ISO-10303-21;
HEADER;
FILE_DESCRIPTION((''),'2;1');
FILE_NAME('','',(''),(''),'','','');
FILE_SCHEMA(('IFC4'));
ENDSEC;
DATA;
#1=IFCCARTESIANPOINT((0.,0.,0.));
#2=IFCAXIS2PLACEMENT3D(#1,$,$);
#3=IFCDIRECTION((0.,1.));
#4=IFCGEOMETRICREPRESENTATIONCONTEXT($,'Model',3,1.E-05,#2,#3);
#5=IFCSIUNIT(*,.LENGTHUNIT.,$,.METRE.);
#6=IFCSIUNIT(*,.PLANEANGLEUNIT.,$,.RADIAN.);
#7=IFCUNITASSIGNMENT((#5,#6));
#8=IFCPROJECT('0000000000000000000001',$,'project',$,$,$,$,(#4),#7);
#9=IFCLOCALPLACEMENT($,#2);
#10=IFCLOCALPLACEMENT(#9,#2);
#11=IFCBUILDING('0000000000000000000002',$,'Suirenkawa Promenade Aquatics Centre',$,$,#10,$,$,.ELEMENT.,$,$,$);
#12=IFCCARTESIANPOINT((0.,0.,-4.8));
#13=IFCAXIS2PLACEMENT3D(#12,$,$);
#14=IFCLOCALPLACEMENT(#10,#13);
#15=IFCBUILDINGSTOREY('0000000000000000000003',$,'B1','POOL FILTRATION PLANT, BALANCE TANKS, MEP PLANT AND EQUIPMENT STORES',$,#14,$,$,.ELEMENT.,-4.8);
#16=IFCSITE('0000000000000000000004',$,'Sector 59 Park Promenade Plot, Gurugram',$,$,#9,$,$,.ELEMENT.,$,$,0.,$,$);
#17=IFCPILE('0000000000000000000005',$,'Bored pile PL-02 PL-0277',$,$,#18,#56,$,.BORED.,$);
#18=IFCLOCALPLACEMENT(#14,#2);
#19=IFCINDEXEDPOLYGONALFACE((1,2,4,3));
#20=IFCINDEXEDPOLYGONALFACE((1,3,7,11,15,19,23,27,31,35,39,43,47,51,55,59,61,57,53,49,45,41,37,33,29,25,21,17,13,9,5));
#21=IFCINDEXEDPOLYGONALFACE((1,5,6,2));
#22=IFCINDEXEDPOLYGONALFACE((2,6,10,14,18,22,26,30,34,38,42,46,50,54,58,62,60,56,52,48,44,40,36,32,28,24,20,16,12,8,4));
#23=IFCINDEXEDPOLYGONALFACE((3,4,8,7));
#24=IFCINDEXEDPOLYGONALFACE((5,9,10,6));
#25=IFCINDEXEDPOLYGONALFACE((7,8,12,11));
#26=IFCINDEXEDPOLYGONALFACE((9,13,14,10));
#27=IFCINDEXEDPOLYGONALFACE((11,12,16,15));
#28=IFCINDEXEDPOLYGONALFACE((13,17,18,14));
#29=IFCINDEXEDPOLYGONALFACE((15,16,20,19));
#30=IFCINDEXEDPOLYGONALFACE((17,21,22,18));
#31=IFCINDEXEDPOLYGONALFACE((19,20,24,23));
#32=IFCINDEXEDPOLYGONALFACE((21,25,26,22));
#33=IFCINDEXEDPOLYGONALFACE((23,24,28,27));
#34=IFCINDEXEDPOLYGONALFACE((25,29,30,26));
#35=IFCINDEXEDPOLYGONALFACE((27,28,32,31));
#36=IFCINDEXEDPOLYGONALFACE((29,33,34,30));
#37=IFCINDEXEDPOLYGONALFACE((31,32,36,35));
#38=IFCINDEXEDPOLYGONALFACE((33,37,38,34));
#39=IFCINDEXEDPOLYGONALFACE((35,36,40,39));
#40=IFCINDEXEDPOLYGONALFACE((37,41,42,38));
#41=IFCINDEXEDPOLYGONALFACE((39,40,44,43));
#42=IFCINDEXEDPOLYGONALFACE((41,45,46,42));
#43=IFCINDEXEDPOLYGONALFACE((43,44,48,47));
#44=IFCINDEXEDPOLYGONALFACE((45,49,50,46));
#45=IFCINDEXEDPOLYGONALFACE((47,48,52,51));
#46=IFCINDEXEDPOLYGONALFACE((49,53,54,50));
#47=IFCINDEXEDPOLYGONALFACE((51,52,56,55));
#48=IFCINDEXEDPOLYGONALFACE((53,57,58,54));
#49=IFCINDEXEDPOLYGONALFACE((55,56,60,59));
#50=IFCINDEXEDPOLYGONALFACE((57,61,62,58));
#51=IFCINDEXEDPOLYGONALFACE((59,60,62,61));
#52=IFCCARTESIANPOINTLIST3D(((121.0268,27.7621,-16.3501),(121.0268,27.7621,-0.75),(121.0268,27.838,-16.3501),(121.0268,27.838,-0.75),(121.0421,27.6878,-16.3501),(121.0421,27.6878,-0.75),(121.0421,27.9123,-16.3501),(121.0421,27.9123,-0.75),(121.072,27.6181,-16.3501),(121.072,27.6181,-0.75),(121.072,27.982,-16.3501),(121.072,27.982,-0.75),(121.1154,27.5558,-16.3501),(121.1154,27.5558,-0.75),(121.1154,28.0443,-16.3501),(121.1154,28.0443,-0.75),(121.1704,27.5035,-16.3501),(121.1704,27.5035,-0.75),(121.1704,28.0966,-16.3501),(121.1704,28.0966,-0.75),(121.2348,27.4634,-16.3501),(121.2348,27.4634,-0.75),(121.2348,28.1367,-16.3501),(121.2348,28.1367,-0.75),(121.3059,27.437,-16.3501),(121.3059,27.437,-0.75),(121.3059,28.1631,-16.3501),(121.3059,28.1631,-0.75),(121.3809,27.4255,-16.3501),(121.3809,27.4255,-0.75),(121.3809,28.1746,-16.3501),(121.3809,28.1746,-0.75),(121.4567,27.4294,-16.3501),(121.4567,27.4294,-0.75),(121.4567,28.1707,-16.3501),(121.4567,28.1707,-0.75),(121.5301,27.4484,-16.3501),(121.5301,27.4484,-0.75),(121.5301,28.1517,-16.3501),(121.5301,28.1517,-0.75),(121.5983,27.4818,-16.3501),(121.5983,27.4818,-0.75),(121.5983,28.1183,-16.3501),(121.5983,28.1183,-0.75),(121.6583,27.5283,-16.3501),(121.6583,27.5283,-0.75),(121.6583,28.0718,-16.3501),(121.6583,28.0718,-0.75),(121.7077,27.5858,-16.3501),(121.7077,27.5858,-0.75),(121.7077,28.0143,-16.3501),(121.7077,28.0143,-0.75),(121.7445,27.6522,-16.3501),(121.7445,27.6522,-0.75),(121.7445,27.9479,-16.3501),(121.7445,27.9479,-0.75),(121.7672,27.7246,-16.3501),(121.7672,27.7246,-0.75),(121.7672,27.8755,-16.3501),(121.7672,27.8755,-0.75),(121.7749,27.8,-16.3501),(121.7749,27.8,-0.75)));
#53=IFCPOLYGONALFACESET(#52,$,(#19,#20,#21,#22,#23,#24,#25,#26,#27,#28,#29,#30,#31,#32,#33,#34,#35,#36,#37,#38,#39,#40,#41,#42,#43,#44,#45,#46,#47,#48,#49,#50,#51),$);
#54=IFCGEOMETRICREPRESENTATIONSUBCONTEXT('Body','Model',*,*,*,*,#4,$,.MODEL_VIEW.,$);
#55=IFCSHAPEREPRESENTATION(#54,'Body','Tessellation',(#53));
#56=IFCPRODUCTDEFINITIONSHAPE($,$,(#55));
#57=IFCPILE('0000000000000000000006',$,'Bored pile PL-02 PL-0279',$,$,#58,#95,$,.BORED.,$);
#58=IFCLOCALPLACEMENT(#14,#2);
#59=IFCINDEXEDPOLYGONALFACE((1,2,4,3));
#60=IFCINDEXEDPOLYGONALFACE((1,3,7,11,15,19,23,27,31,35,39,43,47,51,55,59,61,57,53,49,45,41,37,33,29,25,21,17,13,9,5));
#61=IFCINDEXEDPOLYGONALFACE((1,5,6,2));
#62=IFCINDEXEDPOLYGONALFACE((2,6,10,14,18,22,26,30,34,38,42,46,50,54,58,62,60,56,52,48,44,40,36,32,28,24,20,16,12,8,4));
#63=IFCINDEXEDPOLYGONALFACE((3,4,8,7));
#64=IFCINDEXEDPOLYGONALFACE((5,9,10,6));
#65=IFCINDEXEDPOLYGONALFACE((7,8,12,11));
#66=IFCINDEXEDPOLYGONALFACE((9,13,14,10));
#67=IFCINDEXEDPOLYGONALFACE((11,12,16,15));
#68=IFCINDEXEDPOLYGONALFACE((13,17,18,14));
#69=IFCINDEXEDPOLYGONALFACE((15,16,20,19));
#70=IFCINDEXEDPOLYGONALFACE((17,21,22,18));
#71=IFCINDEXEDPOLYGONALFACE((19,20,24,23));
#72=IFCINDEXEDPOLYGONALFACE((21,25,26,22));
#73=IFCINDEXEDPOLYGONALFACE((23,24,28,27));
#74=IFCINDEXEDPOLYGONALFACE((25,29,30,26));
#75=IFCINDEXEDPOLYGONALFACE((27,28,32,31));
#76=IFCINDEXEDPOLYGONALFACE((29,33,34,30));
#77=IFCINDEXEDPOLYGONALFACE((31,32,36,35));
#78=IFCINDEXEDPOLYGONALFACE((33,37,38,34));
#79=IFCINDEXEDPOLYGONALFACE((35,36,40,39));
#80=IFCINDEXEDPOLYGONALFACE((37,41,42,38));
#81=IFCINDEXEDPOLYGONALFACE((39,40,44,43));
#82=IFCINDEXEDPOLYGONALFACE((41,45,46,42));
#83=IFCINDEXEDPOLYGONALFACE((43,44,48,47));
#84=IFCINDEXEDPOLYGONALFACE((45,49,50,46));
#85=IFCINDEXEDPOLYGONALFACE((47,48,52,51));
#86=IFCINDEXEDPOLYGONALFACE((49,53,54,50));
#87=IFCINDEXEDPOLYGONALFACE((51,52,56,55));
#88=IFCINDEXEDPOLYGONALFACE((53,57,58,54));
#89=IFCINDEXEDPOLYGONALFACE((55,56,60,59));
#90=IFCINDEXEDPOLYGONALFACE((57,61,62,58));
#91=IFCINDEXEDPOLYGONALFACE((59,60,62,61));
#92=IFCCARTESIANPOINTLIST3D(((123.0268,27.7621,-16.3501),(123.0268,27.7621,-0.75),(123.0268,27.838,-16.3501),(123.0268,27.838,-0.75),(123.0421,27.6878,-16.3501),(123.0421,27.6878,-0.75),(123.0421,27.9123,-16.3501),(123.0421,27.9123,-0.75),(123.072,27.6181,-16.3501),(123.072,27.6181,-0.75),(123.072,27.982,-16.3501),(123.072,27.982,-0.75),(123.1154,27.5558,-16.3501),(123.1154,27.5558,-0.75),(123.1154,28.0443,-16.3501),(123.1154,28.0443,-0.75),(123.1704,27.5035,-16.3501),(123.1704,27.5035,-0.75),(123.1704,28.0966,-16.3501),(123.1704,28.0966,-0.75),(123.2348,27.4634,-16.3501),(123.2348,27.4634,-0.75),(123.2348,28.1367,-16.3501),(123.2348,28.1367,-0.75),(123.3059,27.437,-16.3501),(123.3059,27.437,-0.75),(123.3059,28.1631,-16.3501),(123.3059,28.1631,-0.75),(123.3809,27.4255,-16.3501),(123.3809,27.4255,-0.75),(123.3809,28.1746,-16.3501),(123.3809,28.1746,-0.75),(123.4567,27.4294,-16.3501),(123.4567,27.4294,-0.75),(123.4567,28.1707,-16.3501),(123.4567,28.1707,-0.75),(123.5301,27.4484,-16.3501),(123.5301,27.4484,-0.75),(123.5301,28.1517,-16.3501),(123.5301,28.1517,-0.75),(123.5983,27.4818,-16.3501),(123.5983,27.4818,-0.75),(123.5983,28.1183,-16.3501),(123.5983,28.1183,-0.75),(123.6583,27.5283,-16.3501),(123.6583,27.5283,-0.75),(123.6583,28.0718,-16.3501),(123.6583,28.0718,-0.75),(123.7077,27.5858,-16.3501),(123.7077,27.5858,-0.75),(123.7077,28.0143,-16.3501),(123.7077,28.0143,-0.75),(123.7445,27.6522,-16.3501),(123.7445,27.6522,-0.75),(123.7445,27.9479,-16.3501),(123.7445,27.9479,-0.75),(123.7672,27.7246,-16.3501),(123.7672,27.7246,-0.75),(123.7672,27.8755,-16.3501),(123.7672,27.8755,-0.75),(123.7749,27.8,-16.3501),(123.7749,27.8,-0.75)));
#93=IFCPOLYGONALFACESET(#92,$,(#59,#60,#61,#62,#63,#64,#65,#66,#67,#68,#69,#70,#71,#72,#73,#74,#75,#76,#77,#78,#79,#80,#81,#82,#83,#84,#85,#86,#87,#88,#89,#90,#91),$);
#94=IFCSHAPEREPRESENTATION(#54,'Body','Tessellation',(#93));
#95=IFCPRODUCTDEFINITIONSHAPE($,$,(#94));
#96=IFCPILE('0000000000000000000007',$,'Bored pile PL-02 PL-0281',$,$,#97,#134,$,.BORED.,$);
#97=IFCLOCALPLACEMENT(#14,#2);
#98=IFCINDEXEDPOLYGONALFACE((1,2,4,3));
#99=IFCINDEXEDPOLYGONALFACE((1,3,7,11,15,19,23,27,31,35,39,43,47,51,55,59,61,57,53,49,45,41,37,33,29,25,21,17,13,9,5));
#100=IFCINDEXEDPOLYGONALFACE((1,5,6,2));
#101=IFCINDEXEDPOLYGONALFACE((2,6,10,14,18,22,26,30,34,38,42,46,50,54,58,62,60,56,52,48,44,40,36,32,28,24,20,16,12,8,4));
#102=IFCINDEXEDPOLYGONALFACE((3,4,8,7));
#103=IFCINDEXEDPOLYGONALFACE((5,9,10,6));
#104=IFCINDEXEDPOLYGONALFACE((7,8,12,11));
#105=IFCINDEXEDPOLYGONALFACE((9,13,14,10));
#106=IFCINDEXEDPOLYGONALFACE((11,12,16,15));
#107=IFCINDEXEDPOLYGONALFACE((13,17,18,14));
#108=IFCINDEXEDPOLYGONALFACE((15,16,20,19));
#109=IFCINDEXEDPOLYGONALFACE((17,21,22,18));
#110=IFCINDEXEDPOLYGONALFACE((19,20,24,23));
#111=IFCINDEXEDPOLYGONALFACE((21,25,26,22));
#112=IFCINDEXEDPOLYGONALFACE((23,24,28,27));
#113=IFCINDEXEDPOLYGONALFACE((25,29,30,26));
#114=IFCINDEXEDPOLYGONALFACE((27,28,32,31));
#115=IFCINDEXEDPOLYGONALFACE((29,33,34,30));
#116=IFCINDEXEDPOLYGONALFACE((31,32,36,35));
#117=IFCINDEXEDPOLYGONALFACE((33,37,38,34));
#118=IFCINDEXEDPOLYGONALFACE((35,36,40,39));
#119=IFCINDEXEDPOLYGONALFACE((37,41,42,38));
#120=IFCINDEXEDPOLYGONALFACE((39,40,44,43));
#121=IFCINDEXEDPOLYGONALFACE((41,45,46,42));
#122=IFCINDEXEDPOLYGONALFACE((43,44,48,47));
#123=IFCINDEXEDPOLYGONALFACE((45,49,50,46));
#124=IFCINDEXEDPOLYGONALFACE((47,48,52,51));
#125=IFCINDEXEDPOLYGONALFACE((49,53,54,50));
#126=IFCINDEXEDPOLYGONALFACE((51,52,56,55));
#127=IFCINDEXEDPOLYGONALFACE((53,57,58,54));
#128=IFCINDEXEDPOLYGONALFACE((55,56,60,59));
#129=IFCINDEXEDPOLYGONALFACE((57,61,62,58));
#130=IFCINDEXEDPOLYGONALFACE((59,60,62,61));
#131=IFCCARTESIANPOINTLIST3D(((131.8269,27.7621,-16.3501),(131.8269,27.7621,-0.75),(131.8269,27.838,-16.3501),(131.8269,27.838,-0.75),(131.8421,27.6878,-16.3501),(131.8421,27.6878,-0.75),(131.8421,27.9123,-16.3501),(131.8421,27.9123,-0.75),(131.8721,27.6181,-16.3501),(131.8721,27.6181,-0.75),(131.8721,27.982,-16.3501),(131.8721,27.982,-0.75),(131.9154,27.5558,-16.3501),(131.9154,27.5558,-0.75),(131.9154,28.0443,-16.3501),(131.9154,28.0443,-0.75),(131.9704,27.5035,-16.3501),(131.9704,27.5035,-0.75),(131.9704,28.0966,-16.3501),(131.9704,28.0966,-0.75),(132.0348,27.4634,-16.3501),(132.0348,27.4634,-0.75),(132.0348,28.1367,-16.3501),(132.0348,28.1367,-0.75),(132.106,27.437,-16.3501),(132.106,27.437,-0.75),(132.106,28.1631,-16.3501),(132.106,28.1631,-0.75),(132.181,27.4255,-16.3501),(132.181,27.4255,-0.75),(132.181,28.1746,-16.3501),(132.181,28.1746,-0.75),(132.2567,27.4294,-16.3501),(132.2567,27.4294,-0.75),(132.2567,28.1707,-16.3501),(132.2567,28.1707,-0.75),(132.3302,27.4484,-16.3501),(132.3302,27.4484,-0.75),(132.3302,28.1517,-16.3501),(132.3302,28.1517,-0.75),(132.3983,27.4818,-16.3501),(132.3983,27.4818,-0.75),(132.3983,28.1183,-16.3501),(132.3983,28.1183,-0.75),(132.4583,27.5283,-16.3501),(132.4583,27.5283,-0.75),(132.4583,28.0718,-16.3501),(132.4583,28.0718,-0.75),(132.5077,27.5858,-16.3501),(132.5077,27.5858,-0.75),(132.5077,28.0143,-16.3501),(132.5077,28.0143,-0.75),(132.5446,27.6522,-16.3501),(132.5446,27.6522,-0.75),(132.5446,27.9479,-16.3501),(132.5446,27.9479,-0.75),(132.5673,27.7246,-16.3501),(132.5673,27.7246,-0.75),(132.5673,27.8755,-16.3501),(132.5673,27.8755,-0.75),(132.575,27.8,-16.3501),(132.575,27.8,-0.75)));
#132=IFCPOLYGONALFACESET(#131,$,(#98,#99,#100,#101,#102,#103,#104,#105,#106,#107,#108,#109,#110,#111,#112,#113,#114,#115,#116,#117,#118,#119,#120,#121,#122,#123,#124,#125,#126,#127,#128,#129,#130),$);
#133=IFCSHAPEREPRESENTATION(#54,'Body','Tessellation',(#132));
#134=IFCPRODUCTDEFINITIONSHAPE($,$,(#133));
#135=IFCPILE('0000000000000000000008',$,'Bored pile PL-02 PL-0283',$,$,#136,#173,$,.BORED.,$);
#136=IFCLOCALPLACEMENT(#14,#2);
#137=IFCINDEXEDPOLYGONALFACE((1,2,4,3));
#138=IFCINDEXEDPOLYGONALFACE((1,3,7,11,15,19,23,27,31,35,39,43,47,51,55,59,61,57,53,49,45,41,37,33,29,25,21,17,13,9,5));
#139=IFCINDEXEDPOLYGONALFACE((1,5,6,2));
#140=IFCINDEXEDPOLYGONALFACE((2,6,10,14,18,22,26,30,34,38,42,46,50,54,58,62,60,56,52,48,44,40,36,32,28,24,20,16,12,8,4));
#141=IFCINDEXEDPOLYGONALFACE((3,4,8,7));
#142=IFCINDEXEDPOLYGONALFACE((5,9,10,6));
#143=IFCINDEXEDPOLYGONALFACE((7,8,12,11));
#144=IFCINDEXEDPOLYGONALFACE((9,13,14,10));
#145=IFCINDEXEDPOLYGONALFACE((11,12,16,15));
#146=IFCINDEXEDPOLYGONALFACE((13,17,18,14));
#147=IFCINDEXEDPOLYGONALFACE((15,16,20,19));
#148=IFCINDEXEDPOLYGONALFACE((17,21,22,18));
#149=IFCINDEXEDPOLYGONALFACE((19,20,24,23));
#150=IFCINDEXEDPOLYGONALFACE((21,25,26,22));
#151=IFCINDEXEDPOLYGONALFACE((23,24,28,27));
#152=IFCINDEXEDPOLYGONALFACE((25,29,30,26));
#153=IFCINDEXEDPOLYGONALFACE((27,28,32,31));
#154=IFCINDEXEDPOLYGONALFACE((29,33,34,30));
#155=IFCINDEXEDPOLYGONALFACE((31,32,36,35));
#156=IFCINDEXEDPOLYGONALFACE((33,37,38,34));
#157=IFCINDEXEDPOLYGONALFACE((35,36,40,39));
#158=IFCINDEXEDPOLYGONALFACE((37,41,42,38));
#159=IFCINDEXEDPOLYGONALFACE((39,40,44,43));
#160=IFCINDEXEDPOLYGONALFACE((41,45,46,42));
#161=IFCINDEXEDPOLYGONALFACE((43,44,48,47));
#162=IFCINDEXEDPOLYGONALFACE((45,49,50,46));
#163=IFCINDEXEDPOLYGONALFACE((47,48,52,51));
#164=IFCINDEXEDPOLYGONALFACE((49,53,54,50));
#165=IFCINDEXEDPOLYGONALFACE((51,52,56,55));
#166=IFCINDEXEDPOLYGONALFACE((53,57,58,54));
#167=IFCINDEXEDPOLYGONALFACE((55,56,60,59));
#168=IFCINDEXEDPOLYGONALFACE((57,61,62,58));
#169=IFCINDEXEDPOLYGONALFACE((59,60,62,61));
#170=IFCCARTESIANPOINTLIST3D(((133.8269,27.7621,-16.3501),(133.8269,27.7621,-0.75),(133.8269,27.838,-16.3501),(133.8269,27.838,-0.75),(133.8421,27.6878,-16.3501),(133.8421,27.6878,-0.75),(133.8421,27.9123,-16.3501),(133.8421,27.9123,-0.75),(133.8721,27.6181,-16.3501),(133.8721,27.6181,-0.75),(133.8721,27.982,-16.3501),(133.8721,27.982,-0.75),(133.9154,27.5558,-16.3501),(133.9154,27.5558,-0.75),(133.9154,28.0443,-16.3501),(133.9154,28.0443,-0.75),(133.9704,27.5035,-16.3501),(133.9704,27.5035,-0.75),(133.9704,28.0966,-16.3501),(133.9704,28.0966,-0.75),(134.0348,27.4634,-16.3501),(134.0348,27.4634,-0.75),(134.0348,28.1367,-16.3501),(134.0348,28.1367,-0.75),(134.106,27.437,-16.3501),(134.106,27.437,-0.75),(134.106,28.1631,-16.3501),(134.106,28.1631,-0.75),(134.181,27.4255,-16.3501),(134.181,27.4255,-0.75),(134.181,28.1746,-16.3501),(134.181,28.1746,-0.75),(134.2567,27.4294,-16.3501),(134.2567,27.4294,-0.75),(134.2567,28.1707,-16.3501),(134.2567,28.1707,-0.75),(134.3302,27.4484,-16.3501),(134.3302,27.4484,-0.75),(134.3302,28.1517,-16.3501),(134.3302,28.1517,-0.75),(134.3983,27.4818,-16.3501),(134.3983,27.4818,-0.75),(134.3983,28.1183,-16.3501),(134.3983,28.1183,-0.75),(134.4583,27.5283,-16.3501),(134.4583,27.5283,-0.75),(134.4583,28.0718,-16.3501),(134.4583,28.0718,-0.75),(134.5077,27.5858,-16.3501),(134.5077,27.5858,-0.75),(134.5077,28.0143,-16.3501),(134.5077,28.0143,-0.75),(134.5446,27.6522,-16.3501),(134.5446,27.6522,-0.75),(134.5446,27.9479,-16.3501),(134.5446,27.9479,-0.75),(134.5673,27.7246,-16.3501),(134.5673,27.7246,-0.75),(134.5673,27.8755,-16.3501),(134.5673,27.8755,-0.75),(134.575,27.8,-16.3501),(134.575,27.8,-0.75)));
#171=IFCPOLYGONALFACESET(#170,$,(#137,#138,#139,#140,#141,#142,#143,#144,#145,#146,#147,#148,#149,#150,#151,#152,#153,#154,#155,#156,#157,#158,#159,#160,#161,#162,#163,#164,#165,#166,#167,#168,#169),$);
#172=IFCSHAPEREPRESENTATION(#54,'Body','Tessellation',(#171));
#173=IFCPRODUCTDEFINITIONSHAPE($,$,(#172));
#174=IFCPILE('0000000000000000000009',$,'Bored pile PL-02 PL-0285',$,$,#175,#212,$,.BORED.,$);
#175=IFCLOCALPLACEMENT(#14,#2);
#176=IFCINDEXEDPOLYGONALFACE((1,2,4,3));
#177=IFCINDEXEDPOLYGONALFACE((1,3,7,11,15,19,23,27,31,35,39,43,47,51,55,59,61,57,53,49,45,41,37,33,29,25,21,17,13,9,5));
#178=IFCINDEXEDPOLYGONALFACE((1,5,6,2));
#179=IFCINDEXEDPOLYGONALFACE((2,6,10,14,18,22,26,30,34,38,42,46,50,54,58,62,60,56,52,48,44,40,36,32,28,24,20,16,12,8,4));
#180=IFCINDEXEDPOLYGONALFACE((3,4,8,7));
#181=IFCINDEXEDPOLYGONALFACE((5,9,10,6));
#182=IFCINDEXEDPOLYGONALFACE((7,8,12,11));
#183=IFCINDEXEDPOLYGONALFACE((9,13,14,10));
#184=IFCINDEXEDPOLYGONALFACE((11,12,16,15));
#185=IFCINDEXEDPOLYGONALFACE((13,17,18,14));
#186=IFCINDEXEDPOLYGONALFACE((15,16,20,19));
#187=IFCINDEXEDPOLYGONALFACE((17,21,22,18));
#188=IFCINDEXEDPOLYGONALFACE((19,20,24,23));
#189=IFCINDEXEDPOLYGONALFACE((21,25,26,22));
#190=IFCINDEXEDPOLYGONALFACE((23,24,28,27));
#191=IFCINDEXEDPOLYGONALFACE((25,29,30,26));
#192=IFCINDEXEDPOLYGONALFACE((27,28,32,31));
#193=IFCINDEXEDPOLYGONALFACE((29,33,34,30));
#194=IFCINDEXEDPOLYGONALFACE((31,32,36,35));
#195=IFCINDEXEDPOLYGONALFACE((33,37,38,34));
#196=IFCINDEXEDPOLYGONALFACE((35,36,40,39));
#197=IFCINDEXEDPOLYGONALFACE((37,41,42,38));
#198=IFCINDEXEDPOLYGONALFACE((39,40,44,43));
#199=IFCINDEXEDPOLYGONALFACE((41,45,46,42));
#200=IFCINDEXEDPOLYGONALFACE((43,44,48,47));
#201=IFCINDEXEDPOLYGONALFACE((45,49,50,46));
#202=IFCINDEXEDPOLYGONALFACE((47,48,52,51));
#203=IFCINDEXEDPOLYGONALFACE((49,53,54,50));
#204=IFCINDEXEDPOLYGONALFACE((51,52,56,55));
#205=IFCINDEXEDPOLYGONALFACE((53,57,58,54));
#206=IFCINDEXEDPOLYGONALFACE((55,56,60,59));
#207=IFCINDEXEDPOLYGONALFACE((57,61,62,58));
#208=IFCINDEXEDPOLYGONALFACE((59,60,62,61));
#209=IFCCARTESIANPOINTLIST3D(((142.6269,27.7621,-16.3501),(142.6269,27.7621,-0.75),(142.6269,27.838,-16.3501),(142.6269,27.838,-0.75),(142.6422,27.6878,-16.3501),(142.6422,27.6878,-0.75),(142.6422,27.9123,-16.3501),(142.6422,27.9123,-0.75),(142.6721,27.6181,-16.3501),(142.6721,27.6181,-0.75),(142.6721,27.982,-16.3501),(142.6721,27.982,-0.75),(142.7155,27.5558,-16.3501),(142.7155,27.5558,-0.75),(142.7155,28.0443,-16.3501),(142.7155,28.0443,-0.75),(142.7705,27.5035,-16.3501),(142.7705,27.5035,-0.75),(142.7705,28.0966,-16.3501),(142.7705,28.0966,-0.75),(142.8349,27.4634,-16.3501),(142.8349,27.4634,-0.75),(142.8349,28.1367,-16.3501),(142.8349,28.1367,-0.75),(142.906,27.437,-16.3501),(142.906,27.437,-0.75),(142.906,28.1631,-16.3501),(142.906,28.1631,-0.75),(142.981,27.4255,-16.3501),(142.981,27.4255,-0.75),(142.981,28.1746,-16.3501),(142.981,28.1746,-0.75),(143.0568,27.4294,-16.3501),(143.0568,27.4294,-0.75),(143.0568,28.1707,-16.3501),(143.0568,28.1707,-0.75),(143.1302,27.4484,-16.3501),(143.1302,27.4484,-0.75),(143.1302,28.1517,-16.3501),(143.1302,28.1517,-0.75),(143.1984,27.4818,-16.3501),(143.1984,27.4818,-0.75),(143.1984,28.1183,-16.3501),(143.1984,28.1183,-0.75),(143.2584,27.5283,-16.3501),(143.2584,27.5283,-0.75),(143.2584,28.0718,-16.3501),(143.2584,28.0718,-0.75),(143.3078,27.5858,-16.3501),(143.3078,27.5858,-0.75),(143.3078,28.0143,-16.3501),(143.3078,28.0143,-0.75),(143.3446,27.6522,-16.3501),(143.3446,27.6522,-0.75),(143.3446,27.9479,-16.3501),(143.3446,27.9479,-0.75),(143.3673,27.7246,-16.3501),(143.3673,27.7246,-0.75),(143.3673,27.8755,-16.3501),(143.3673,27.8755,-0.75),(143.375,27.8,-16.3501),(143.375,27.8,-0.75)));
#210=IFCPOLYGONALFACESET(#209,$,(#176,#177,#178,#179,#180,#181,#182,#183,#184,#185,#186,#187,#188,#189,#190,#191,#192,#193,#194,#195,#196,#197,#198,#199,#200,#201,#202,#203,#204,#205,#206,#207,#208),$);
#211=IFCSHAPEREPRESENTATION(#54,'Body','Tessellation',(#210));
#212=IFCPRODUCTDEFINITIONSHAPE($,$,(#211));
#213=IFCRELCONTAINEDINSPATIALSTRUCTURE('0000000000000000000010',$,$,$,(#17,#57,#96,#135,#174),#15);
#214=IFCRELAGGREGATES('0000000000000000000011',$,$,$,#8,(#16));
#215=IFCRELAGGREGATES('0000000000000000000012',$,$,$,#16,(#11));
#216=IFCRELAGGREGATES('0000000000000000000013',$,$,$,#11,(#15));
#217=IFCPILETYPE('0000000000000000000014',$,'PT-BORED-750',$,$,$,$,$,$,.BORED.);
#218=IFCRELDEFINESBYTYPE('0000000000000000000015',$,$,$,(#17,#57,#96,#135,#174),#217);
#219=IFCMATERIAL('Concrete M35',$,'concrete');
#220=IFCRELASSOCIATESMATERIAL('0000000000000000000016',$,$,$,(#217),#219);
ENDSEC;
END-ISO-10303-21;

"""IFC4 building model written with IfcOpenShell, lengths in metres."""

from ifc_helpers import new_model, si_unit, direction, frame, origin, origin_2d, place, context, subcontext, project, spatial, circle, extrude, material, material_profile, profile_set, type_object, element, save


model = new_model("IFC4")

# Units and contexts
model_context = context("Model", 3, precision=1e-05, world=origin(), true_north=direction((0.0, 1.0)))
body_context = subcontext(model_context, "Body", "Model", "MODEL_VIEW")
ifc_project = project(units=[si_unit("LENGTHUNIT", "METRE"), si_unit("PLANEANGLEUNIT", "RADIAN")], contexts=[model_context])

# Site, building, storey
site_placement = place(None, origin())
site = spatial("IfcSite", under=ifc_project, at=site_placement, Name="Sector 59 Park Promenade Plot, Gurugram", CompositionType="ELEMENT", RefElevation=0.0)
building_placement = place(site_placement, origin())
building = spatial("IfcBuilding", under=site, at=building_placement, Name="Suirenkawa Promenade Aquatics Centre", CompositionType="ELEMENT")
storey_placement = place(building_placement, frame((0.0, 0.0, -4.8)))
storey = spatial("IfcBuildingStorey", under=building, at=storey_placement, Name="B1", Description="POOL FILTRATION PLANT, BALANCE TANKS, MEP PLANT AND EQUIPMENT STORES", CompositionType="ELEMENT", Elevation=-4.8)

# Shared definitions
ifc_material_1 = material(Name="Concrete M35", Category="concrete")

# Piles
ifc_material_profile_1 = material_profile(ifc_material_1, circle(Radius=0.375, at=origin_2d()), Name="PILE D750", Category="concrete")
ifc_profile_set_1 = profile_set([ifc_material_profile_1], Name="Concrete M35")
pile_type_1 = type_object("IfcPileType", Name="PT-BORED-750", PredefinedType="BORED", material=ifc_profile_set_1)
for number, where, z_axis, x_axis, name in (
    (1, (121.3999, 27.8, -0.75), (0.0, 0.0, -1.0), (1.0, 0.0, 0.0), "Bored pile PL-02 PL-0277"),
    (2, (123.3999, 27.8, -0.75), (0.0, 0.0, -1.0), (1.0, 0.0, 0.0), "Bored pile PL-02 PL-0279"),
    (3, (132.2, 27.8, -0.75), (0.0, 0.0, -1.0), (1.0, 0.0, 0.0), "Bored pile PL-02 PL-0281"),
    (4, (134.2, 27.8, -0.75), (0.0, 0.0, -1.0), (1.0, 0.0, 0.0), "Bored pile PL-02 PL-0283"),
    (5, (143.0, 27.8, -0.75), (0.0, 0.0, -1.0), (1.0, 0.0, 0.0), "Bored pile PL-02 PL-0285"),
):
    element("IfcPile", number, at=place(storey_placement, frame(where, z_axis=z_axis, x_axis=x_axis)), inside=storey, type_object=pile_type_1, Name=name, PredefinedType="BORED", context=body_context, shape_type="SweptSolid", body=[
        extrude(circle(Radius=0.375, at=origin_2d()), origin(), (0.0, 0.0, 1.0), 15.6001),
    ])

save(model, "model.ifc")
